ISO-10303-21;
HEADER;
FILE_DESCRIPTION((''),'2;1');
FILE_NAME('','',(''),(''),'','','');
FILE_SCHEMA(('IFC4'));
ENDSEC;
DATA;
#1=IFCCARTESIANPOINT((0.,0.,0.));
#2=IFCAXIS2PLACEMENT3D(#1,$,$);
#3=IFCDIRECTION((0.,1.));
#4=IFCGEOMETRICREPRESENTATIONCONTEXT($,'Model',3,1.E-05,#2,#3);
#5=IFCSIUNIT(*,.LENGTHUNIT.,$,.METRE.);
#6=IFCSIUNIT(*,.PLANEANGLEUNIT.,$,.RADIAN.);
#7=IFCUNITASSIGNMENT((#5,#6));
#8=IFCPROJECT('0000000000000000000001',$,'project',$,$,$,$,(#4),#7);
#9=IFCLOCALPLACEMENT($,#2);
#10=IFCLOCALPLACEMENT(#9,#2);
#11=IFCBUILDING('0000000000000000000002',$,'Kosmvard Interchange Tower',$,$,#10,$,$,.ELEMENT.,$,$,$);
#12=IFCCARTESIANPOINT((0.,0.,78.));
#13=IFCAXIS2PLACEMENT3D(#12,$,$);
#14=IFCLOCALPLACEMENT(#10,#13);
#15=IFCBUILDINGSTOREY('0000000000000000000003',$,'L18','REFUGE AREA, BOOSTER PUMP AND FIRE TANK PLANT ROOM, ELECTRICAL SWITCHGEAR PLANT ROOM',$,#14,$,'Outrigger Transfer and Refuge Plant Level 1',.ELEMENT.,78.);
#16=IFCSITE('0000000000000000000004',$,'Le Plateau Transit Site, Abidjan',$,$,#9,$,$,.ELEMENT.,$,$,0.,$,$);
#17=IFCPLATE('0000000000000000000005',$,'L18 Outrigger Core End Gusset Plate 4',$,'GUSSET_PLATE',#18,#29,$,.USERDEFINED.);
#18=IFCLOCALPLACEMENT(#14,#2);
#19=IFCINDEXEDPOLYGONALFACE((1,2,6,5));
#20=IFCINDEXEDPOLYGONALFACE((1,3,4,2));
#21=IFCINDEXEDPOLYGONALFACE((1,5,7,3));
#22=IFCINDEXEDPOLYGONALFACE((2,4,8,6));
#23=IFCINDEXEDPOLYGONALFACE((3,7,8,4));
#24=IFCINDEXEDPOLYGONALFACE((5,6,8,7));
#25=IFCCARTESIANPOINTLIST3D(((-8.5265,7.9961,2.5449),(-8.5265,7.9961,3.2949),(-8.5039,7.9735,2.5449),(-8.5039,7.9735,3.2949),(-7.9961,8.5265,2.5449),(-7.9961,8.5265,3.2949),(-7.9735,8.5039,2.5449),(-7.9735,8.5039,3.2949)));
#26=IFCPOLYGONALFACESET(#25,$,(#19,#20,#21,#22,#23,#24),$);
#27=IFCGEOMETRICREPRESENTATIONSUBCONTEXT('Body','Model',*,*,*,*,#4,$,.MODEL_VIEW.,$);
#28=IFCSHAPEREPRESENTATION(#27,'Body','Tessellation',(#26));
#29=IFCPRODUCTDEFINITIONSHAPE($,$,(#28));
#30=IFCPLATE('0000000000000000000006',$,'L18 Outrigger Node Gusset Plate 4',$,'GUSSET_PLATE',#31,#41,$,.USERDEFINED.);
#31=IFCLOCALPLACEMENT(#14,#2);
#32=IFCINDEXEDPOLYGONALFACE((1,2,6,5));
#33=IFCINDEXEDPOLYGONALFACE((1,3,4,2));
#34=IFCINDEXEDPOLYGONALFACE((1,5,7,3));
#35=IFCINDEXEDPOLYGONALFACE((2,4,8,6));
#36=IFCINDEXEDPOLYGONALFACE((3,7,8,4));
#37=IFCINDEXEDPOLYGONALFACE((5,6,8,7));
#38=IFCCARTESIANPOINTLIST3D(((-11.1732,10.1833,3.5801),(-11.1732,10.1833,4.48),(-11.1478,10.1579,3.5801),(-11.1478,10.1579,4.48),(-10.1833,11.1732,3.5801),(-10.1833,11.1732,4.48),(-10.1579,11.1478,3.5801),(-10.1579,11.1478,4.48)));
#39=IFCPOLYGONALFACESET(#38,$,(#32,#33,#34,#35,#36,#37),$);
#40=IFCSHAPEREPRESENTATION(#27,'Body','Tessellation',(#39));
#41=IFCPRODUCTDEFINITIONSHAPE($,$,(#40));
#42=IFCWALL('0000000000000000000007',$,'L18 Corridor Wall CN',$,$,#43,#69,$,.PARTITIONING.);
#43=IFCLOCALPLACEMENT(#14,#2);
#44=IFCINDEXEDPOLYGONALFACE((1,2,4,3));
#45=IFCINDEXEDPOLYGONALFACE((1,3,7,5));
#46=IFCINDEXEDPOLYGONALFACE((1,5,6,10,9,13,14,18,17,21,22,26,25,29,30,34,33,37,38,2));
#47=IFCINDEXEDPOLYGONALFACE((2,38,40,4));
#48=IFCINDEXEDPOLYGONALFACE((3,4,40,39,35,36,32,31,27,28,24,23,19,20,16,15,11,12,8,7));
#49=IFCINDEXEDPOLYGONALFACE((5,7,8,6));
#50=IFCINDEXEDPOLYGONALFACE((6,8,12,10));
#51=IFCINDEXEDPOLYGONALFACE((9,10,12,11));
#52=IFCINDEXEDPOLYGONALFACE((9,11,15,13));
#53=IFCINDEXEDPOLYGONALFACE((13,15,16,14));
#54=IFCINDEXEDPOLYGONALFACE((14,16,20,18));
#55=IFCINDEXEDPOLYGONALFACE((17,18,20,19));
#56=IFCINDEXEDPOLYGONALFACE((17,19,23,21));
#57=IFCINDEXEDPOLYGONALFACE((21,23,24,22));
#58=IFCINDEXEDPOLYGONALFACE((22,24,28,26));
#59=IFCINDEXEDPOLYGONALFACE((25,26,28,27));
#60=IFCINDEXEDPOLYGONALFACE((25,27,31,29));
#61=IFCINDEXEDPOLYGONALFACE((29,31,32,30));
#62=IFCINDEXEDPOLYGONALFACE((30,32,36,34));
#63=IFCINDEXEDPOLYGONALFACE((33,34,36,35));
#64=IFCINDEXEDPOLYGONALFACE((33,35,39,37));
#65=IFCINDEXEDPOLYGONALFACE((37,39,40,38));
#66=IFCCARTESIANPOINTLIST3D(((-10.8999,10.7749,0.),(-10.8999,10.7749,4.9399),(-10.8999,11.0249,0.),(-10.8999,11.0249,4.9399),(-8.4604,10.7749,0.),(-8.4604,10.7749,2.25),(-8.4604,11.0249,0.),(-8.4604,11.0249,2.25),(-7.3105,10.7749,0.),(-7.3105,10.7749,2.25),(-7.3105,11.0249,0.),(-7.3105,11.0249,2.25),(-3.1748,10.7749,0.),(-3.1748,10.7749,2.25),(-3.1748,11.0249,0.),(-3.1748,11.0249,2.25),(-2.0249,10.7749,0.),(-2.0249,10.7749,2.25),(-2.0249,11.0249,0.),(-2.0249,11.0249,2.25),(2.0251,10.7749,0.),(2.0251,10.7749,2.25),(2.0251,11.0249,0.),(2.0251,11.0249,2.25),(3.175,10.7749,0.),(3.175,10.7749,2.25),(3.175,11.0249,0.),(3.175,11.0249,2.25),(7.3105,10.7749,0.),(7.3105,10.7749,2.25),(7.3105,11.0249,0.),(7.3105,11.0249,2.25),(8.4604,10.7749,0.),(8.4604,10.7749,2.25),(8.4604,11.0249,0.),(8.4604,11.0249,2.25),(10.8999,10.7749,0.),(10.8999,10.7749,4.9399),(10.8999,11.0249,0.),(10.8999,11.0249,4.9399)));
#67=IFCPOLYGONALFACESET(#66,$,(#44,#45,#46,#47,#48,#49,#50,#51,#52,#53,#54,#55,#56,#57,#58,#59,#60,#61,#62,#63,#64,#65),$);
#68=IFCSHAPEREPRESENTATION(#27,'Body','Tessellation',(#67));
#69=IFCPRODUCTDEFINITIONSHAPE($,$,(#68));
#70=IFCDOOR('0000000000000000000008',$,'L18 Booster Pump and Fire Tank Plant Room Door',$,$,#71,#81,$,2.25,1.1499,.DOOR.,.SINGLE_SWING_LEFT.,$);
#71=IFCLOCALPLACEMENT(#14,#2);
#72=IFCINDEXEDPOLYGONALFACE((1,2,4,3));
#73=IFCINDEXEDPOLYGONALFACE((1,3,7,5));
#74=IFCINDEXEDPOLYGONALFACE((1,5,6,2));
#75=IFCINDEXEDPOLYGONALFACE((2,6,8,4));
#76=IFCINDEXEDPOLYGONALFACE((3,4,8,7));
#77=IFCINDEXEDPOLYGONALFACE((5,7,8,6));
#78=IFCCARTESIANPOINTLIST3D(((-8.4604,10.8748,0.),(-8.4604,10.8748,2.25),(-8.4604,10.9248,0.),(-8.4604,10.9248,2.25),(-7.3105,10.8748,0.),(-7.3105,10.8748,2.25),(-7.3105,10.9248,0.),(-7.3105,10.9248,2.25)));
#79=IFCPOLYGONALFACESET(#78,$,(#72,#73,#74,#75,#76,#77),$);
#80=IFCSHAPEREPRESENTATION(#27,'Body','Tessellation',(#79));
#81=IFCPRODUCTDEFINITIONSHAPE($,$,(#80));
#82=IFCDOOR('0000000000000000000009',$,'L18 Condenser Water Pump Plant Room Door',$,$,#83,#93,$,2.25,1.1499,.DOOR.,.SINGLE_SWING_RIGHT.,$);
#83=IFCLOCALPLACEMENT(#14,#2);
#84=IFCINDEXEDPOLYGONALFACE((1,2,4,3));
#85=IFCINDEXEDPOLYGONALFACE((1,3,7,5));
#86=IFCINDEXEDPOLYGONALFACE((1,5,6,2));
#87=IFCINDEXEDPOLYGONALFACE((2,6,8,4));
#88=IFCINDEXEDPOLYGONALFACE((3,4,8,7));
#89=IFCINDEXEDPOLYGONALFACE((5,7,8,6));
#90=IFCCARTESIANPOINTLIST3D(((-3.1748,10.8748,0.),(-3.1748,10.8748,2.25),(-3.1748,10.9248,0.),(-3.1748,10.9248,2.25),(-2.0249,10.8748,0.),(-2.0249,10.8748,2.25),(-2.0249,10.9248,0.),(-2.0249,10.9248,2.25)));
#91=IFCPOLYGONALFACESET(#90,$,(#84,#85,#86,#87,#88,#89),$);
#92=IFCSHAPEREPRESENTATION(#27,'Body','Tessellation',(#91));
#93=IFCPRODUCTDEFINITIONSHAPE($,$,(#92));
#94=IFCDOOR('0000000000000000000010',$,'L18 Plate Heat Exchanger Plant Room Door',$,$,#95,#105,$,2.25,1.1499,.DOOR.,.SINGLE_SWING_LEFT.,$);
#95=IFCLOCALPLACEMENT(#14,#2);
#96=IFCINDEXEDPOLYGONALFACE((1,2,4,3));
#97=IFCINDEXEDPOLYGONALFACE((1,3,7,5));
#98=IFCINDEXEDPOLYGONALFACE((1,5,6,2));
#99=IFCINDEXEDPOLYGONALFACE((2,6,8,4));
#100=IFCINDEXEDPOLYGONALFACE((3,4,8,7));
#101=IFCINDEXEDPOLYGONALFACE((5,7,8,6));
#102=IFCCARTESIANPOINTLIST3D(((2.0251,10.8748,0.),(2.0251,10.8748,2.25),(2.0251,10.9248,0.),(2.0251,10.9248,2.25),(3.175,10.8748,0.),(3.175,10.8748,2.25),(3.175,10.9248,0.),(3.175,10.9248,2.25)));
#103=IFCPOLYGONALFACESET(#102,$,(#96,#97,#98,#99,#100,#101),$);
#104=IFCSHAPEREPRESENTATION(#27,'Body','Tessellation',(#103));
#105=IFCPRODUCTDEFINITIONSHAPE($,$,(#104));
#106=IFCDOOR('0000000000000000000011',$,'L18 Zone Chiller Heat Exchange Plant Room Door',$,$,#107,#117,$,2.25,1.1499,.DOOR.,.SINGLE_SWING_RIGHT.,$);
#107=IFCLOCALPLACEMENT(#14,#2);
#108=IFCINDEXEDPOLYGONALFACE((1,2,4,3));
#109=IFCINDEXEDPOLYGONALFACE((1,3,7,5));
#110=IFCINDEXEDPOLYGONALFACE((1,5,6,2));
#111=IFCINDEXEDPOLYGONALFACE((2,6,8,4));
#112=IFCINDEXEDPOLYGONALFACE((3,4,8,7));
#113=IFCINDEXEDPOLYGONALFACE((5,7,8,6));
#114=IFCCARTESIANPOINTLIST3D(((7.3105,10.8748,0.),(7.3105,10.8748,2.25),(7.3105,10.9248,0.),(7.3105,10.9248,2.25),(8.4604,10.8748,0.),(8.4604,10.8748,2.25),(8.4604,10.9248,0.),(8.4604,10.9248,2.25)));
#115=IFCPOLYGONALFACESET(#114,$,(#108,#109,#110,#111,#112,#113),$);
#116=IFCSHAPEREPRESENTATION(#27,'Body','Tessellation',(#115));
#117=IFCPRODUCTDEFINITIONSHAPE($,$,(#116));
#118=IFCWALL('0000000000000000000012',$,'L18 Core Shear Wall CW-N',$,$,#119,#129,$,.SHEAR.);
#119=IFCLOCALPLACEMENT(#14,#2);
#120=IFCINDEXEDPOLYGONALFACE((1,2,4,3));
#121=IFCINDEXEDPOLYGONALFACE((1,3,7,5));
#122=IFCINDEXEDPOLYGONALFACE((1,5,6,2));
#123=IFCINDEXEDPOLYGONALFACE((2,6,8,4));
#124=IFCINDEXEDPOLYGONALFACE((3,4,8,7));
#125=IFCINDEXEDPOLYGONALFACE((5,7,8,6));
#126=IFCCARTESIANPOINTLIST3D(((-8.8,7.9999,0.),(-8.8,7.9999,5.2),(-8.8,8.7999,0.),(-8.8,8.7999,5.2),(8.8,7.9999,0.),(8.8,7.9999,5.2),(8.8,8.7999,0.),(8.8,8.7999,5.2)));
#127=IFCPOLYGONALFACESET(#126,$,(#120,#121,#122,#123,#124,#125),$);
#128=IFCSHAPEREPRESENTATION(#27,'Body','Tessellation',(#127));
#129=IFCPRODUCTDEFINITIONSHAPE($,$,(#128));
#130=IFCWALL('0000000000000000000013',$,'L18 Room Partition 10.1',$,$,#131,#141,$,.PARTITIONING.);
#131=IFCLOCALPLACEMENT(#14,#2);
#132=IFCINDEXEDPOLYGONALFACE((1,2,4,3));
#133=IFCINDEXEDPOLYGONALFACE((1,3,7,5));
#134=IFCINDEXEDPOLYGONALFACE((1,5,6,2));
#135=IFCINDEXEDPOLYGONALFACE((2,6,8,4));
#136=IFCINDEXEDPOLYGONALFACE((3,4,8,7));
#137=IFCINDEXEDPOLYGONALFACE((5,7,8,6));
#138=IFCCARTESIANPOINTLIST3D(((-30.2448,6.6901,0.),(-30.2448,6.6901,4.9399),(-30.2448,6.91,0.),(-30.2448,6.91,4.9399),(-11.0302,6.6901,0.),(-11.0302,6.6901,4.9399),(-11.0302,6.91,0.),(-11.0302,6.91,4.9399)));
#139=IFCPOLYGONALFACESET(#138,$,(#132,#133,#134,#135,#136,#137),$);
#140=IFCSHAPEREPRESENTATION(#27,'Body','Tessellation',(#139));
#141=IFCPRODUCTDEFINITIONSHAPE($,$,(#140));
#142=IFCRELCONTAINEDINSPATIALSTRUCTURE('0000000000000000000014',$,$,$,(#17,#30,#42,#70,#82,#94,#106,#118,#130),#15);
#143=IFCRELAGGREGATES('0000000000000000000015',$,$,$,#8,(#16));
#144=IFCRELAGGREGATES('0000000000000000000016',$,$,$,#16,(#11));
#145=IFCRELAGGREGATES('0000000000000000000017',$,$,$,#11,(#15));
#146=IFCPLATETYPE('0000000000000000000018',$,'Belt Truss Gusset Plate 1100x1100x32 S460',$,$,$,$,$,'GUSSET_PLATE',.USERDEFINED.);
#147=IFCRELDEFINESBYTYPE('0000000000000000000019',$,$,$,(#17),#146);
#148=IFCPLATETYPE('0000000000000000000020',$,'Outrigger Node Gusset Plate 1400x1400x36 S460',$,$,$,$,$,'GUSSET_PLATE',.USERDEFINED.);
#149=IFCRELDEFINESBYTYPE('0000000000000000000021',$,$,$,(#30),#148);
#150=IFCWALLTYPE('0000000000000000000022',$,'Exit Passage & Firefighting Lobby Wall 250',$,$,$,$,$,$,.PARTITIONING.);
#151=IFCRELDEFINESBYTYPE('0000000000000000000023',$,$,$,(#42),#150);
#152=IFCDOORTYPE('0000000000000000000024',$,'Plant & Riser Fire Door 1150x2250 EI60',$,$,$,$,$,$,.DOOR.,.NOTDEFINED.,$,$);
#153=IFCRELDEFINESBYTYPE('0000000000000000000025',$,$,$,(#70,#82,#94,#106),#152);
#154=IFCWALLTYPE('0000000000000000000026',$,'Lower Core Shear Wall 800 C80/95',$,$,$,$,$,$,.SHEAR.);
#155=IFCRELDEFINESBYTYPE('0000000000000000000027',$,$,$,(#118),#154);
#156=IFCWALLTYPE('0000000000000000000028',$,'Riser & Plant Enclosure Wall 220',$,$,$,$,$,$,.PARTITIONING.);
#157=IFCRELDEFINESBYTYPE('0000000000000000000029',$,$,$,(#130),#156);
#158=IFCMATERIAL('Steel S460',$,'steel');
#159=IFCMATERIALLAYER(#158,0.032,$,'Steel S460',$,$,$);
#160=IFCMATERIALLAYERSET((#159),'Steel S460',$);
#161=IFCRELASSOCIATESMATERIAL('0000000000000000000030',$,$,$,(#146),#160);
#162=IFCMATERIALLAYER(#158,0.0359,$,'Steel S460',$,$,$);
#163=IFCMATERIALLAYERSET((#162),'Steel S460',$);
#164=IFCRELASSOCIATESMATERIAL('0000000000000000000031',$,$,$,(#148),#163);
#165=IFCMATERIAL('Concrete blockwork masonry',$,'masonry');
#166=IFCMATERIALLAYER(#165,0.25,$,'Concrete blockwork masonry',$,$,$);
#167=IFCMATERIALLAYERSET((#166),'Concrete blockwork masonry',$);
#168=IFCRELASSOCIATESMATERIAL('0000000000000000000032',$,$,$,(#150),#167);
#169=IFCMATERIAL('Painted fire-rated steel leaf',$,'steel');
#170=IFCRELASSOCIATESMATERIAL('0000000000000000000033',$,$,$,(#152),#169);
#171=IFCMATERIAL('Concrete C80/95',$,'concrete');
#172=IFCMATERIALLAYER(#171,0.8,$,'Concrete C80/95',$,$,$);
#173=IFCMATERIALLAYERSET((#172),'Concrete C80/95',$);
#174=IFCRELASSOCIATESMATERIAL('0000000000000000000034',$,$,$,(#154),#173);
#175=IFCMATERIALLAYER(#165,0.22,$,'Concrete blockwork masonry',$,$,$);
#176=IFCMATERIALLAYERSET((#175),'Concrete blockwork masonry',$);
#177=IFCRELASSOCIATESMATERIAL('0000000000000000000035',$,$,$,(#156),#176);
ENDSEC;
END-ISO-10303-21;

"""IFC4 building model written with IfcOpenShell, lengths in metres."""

from ifc_helpers import new_model, si_unit, direction, frame, frame_2d, origin, origin_2d, place, context, subcontext, project, spatial, rectangle, extrude, source, transform, mapped, material, layer, layer_set, type_object, element, fill, save


model = new_model("IFC4")

# Units and contexts
model_context = context("Model", 3, precision=1e-05, world=origin(), true_north=direction((0.0, 1.0)))
body_context = subcontext(model_context, "Body", "Model", "MODEL_VIEW")
ifc_project = project(units=[si_unit("LENGTHUNIT", "METRE"), si_unit("PLANEANGLEUNIT", "RADIAN")], contexts=[model_context])

# Site, building, storey
site_placement = place(None, origin())
site = spatial("IfcSite", under=ifc_project, at=site_placement, Name="Le Plateau Transit Site, Abidjan", CompositionType="ELEMENT", RefElevation=0.0)
building_placement = place(site_placement, origin())
building = spatial("IfcBuilding", under=site, at=building_placement, Name="Kosmvard Interchange Tower", CompositionType="ELEMENT")
storey_placement = place(building_placement, frame((0.0, 0.0, 78.0)))
storey = spatial("IfcBuildingStorey", under=building, at=storey_placement, Name="L18", Description="REFUGE AREA, BOOSTER PUMP AND FIRE TANK PLANT ROOM, ELECTRICAL SWITCHGEAR PLANT ROOM", LongName="Outrigger Transfer and Refuge Plant Level 1", CompositionType="ELEMENT", Elevation=78.0)

# Shared definitions
ifc_material_1 = material(Name="Concrete C80/95", Category="concrete")

# Shared definitions
ifc_material_2 = material(Name="Steel S460", Category="steel")

# Plates
ifc_layer_1 = layer(ifc_material_2, 0.032, Name="Steel S460")
ifc_layer_set_1 = layer_set([ifc_layer_1], Name="Steel S460")
plate_type_1 = type_object("IfcPlateType", Name="Belt Truss Gusset Plate 1100x1100x32 S460", ElementType="GUSSET_PLATE", PredefinedType="USERDEFINED", material=ifc_layer_set_1)
shared_shape_1 = source(origin(), body_context, "Body", "SweptSolid", [
    extrude(rectangle(XDim=0.75, YDim=0.032, at=origin_2d()), origin(), (0.0, 0.0, 1.0), 0.75),
])
plate_1_placement = place(storey_placement, frame((-8.25, 8.25, 2.5449), z_axis=(0.0, 0.0, 1.0), x_axis=(0.707107, 0.707107, 0.0)))
element("IfcPlate", 1, at=plate_1_placement, inside=storey, type_object=plate_type_1, Name="L18 Outrigger Core End Gusset Plate 4", ObjectType="GUSSET_PLATE", PredefinedType="USERDEFINED", context=body_context, shape_type="MappedRepresentation", body=[
    mapped(shared_shape_1, transform((0.0, 0.0, 0.0), scale=1.0)),
])
ifc_layer_2 = layer(ifc_material_2, 0.0359, Name="Steel S460")
ifc_layer_set_2 = layer_set([ifc_layer_2], Name="Steel S460")
plate_type_2 = type_object("IfcPlateType", Name="Outrigger Node Gusset Plate 1400x1400x36 S460", ElementType="GUSSET_PLATE", PredefinedType="USERDEFINED", material=ifc_layer_set_2)
shared_shape_2 = source(origin(), body_context, "Body", "SweptSolid", [
    extrude(rectangle(XDim=1.3999, YDim=0.0359, at=origin_2d()), origin(), (0.0, 0.0, 1.0), 0.8999),
])
plate_2_placement = place(storey_placement, frame((-10.6655, 10.6655, 3.5801), z_axis=(0.0, 0.0, 1.0), x_axis=(0.707107, 0.707107, 0.0)))
element("IfcPlate", 2, at=plate_2_placement, inside=storey, type_object=plate_type_2, Name="L18 Outrigger Node Gusset Plate 4", ObjectType="GUSSET_PLATE", PredefinedType="USERDEFINED", context=body_context, shape_type="MappedRepresentation", body=[
    mapped(shared_shape_2, transform((0.0, 0.0, 0.0), scale=1.0)),
])

# Wall, openings, doors
ifc_material_3 = material(Name="Concrete blockwork masonry", Category="masonry")
ifc_layer_3 = layer(ifc_material_3, 0.25, Name="Concrete blockwork masonry")
ifc_layer_set_3 = layer_set([ifc_layer_3], Name="Concrete blockwork masonry")
wall_type_1 = type_object("IfcWallType", Name="Exit Passage & Firefighting Lobby Wall 250", PredefinedType="PARTITIONING", material=ifc_layer_set_3)
wall_1_placement = place(storey_placement, frame((-10.8999, 10.8999, 0.0), z_axis=(0.0, 0.0, 1.0), x_axis=(1.0, 0.0, 0.0)))
wall_1 = element("IfcWall", 3, at=wall_1_placement, inside=storey, type_object=wall_type_1, Name="L18 Corridor Wall CN", PredefinedType="PARTITIONING", context=body_context, shape_type="SweptSolid", body=[
    extrude(rectangle(XDim=21.7998, YDim=0.25, at=frame_2d((10.8999, 0.0))), origin(), (0.0, 0.0, 1.0), 4.9399),
])
opening_1_placement = place(wall_1_placement, frame((2.4395, 0.0, 0.0)))
opening_1 = element("IfcOpeningElement", 4, at=opening_1_placement, cuts=wall_1, PredefinedType="OPENING", context=body_context, shape_type="SweptSolid", body=[
    extrude(rectangle(XDim=1.1499, YDim=2.25, at=frame_2d((0.575, 1.125))), frame((0.0, 0.135, 0.0), z_axis=(0.0, -1.0, 0.0), x_axis=(1.0, 0.0, 0.0)), (0.0, 0.0, 1.0), 0.27),
])
opening_2_placement = place(wall_1_placement, frame((7.7251, 0.0, 0.0)))
opening_2 = element("IfcOpeningElement", 5, at=opening_2_placement, cuts=wall_1, PredefinedType="OPENING", context=body_context, shape_type="SweptSolid", body=[
    extrude(rectangle(XDim=1.1499, YDim=2.25, at=frame_2d((0.575, 1.125))), frame((0.0, 0.135, 0.0), z_axis=(0.0, -1.0, 0.0), x_axis=(1.0, 0.0, 0.0)), (0.0, 0.0, 1.0), 0.27),
])
opening_3_placement = place(wall_1_placement, frame((12.925, 0.0, 0.0)))
opening_3 = element("IfcOpeningElement", 6, at=opening_3_placement, cuts=wall_1, PredefinedType="OPENING", context=body_context, shape_type="SweptSolid", body=[
    extrude(rectangle(XDim=1.1499, YDim=2.25, at=frame_2d((0.575, 1.125))), frame((0.0, 0.135, 0.0), z_axis=(0.0, -1.0, 0.0), x_axis=(1.0, 0.0, 0.0)), (0.0, 0.0, 1.0), 0.27),
])
opening_4_placement = place(wall_1_placement, frame((18.2104, 0.0, 0.0)))
opening_4 = element("IfcOpeningElement", 7, at=opening_4_placement, cuts=wall_1, PredefinedType="OPENING", context=body_context, shape_type="SweptSolid", body=[
    extrude(rectangle(XDim=1.1499, YDim=2.25, at=frame_2d((0.575, 1.125))), frame((0.0, 0.135, 0.0), z_axis=(0.0, -1.0, 0.0), x_axis=(1.0, 0.0, 0.0)), (0.0, 0.0, 1.0), 0.27),
])
ifc_material_4 = material(Name="Painted fire-rated steel leaf", Category="steel")
door_type_1 = type_object("IfcDoorType", Name="Plant & Riser Fire Door 1150x2250 EI60", OperationType="NOTDEFINED", PredefinedType="DOOR", material=ifc_material_4)
shared_shape_3 = source(origin(), body_context, "Body", "SweptSolid", [
    extrude(rectangle(XDim=1.1499, YDim=2.25, at=frame_2d((0.575, 1.125))), frame((0.0, 0.0249, 0.0), z_axis=(0.0, -1.0, 0.0), x_axis=(1.0, 0.0, 0.0)), (0.0, 0.0, 1.0), 0.05),
])
door_1_placement = place(opening_1_placement, origin())
door_1 = element("IfcDoor", 8, at=door_1_placement, inside=storey, type_object=door_type_1, Name="L18 Booster Pump and Fire Tank Plant Room Door", OperationType="SINGLE_SWING_LEFT", OverallHeight=2.25, OverallWidth=1.1499, PredefinedType="DOOR", context=body_context, shape_type="MappedRepresentation", body=[
    mapped(shared_shape_3, transform((0.0, 0.0, 0.0), scale=1.0)),
])
fill(opening_1, door_1)
door_2_placement = place(opening_2_placement, origin())
door_2 = element("IfcDoor", 9, at=door_2_placement, inside=storey, type_object=door_type_1, Name="L18 Condenser Water Pump Plant Room Door", OperationType="SINGLE_SWING_RIGHT", OverallHeight=2.25, OverallWidth=1.1499, PredefinedType="DOOR", context=body_context, shape_type="MappedRepresentation", body=[
    mapped(shared_shape_3, transform((0.0, 0.0, 0.0), scale=1.0)),
])
fill(opening_2, door_2)
door_3_placement = place(opening_3_placement, origin())
door_3 = element("IfcDoor", 10, at=door_3_placement, inside=storey, type_object=door_type_1, Name="L18 Plate Heat Exchanger Plant Room Door", OperationType="SINGLE_SWING_LEFT", OverallHeight=2.25, OverallWidth=1.1499, PredefinedType="DOOR", context=body_context, shape_type="MappedRepresentation", body=[
    mapped(shared_shape_3, transform((0.0, 0.0, 0.0), scale=1.0)),
])
fill(opening_3, door_3)
door_4_placement = place(opening_4_placement, origin())
door_4 = element("IfcDoor", 11, at=door_4_placement, inside=storey, type_object=door_type_1, Name="L18 Zone Chiller Heat Exchange Plant Room Door", OperationType="SINGLE_SWING_RIGHT", OverallHeight=2.25, OverallWidth=1.1499, PredefinedType="DOOR", context=body_context, shape_type="MappedRepresentation", body=[
    mapped(shared_shape_3, transform((0.0, 0.0, 0.0), scale=1.0)),
])
fill(opening_4, door_4)

# Walls
ifc_layer_4 = layer(ifc_material_1, 0.8, Name="Concrete C80/95")
ifc_layer_set_4 = layer_set([ifc_layer_4], Name="Concrete C80/95")
wall_type_2 = type_object("IfcWallType", Name="Lower Core Shear Wall 800 C80/95", PredefinedType="SHEAR", material=ifc_layer_set_4)
wall_2_placement = place(storey_placement, frame((-8.8, 8.3999, 0.0), z_axis=(0.0, 0.0, 1.0), x_axis=(1.0, 0.0, 0.0)))
element("IfcWall", 12, at=wall_2_placement, inside=storey, type_object=wall_type_2, Name="L18 Core Shear Wall CW-N", PredefinedType="SHEAR", context=body_context, shape_type="SweptSolid", body=[
    extrude(rectangle(XDim=17.6001, YDim=0.8, at=frame_2d((8.8, 0.0))), origin(), (0.0, 0.0, 1.0), 5.2),
])
ifc_layer_5 = layer(ifc_material_3, 0.22, Name="Concrete blockwork masonry")
ifc_layer_set_5 = layer_set([ifc_layer_5], Name="Concrete blockwork masonry")
wall_type_3 = type_object("IfcWallType", Name="Riser & Plant Enclosure Wall 220", PredefinedType="PARTITIONING", material=ifc_layer_set_5)
wall_3_placement = place(storey_placement, frame((-11.03, 6.8, 0.0), z_axis=(0.0, 0.0, 1.0), x_axis=(-1.0, 0.0, 0.0)))
element("IfcWall", 13, at=wall_3_placement, inside=storey, type_object=wall_type_3, Name="L18 Room Partition 10.1", PredefinedType="PARTITIONING", context=body_context, shape_type="SweptSolid", body=[
    extrude(rectangle(XDim=19.2146, YDim=0.22, at=frame_2d((9.6074, 0.0))), origin(), (0.0, 0.0, 1.0), 4.9399),
])

save(model, "model.ifc")
